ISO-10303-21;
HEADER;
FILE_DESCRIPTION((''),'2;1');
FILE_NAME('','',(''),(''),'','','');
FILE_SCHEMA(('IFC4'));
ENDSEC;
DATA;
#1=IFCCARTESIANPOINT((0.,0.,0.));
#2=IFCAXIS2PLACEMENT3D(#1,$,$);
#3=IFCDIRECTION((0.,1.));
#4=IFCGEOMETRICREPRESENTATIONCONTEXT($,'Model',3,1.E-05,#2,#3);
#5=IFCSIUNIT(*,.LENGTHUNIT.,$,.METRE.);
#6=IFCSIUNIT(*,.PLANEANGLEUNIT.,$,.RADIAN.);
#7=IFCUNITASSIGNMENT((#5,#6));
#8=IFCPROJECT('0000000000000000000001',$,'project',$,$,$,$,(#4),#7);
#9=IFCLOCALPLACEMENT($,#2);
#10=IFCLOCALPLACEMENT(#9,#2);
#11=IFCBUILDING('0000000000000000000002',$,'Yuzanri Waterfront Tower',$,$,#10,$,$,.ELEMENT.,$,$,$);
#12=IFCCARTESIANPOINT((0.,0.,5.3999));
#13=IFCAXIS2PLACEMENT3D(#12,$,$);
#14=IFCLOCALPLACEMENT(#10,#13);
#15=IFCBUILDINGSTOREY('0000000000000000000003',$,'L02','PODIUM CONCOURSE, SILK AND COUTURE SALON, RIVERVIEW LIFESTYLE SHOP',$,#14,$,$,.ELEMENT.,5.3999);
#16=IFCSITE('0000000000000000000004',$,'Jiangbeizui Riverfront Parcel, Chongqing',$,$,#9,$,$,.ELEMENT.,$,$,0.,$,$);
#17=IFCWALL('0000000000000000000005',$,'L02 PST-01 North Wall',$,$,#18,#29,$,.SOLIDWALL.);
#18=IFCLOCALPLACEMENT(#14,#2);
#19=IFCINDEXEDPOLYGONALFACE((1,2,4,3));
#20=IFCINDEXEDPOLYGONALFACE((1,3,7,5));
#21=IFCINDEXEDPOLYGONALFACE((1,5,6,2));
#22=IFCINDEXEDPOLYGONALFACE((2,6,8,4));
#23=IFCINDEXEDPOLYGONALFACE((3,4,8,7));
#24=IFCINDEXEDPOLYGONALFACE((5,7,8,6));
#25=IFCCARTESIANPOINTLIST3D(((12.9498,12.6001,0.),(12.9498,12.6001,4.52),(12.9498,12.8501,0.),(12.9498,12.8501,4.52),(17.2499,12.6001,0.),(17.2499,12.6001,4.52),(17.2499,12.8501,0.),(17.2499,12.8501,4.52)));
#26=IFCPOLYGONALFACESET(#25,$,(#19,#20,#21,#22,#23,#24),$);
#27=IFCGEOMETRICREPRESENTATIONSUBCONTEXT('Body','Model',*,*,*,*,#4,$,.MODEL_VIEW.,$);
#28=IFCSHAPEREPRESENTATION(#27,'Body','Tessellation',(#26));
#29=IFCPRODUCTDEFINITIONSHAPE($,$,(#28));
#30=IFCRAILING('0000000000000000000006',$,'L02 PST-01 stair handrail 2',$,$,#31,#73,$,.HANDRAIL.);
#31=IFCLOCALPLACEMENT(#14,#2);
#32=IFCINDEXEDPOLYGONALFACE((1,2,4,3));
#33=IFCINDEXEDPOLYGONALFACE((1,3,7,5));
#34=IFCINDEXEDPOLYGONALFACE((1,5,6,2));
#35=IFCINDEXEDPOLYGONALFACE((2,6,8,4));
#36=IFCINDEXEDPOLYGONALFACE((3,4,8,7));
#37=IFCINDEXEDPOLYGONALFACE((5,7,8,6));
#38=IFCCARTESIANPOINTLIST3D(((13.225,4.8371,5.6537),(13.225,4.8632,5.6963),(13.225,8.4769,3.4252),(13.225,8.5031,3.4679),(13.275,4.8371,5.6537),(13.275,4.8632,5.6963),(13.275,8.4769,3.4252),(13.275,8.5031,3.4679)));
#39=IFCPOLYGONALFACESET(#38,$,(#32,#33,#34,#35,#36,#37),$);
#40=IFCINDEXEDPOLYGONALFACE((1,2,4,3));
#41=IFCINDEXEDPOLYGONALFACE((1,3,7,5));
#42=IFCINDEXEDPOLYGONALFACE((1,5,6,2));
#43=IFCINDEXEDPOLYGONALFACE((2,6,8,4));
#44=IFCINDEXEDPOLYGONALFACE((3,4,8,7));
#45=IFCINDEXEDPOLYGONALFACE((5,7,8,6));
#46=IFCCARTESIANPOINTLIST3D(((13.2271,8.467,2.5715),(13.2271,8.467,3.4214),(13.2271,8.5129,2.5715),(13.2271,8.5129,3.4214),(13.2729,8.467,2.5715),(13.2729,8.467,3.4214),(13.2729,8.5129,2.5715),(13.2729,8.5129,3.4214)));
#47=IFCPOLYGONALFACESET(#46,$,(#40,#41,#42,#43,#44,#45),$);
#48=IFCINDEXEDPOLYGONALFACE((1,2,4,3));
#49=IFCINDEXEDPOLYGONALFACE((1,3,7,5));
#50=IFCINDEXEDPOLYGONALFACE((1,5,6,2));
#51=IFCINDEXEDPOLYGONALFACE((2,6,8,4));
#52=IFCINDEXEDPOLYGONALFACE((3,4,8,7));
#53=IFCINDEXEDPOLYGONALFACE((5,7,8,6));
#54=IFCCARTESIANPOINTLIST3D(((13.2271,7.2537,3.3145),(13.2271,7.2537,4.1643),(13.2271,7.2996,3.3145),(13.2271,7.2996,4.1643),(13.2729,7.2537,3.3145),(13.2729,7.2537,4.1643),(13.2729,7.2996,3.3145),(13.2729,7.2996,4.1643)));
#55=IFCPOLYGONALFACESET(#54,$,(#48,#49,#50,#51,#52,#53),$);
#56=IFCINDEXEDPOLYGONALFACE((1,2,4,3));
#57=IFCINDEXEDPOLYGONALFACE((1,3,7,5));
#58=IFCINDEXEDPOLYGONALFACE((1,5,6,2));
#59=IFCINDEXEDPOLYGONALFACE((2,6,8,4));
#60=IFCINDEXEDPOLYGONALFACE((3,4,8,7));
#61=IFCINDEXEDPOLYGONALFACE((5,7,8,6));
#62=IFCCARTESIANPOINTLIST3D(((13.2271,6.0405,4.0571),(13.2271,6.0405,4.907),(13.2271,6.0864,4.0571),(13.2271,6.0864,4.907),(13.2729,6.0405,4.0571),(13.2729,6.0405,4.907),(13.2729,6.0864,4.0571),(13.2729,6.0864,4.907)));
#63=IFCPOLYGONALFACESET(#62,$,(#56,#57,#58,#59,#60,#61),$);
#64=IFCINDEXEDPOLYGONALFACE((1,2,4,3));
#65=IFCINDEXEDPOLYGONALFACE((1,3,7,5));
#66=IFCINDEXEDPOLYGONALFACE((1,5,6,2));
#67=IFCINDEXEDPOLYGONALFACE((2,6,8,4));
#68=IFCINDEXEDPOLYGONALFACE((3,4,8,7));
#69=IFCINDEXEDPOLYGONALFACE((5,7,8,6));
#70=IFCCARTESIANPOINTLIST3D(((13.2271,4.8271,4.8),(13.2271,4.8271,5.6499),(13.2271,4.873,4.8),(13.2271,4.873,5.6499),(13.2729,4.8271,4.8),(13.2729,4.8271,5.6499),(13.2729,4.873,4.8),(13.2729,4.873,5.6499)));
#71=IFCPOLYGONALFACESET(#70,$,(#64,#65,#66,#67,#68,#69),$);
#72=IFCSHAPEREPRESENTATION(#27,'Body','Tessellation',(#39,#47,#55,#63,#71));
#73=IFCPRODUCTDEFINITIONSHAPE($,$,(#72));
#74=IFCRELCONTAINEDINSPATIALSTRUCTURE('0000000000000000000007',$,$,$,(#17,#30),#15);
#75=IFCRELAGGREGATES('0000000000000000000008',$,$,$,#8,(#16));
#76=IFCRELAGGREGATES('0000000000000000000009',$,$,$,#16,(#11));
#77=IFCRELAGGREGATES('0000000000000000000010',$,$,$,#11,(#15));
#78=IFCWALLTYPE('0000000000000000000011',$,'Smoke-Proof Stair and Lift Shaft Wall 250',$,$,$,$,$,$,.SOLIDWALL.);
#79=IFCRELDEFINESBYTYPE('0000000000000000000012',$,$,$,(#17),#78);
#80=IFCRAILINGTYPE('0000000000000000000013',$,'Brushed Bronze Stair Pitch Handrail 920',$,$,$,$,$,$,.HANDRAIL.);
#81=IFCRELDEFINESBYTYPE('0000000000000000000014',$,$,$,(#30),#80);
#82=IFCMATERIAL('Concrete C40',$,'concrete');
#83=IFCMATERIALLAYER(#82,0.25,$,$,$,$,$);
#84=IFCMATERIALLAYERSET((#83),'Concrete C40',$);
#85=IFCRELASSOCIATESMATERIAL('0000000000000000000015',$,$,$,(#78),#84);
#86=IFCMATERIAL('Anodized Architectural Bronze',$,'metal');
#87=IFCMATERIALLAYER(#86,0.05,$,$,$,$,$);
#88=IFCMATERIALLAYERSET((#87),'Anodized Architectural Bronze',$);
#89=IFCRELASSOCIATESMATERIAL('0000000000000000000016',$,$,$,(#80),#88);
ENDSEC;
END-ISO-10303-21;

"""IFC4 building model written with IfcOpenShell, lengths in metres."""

from ifc_helpers import new_model, si_unit, direction, frame, frame_2d, origin, origin_2d, place, context, subcontext, project, spatial, rectangle, extrude, source, transform, mapped, material, layer, layer_set, type_object, element, save


model = new_model("IFC4")

# Units and contexts
model_context = context("Model", 3, precision=1e-05, world=origin(), true_north=direction((0.0, 1.0)))
body_context = subcontext(model_context, "Body", "Model", "MODEL_VIEW")
ifc_project = project(units=[si_unit("LENGTHUNIT", "METRE"), si_unit("PLANEANGLEUNIT", "RADIAN")], contexts=[model_context])

# Site, building, storey
site_placement = place(None, origin())
site = spatial("IfcSite", under=ifc_project, at=site_placement, Name="Jiangbeizui Riverfront Parcel, Chongqing", CompositionType="ELEMENT", RefElevation=0.0)
building_placement = place(site_placement, origin())
building = spatial("IfcBuilding", under=site, at=building_placement, Name="Yuzanri Waterfront Tower", CompositionType="ELEMENT")
storey_placement = place(building_placement, frame((0.0, 0.0, 5.3999)))
storey = spatial("IfcBuildingStorey", under=building, at=storey_placement, Name="L02", Description="PODIUM CONCOURSE, SILK AND COUTURE SALON, RIVERVIEW LIFESTYLE SHOP", CompositionType="ELEMENT", Elevation=5.3999)

# Wall
ifc_material_1 = material(Name="Concrete C40", Category="concrete")
ifc_layer_1 = layer(ifc_material_1, 0.25)
ifc_layer_set_1 = layer_set([ifc_layer_1], Name="Concrete C40")
wall_type_1 = type_object("IfcWallType", Name="Smoke-Proof Stair and Lift Shaft Wall 250", PredefinedType="SOLIDWALL", material=ifc_layer_set_1)
shared_shape_1 = source(origin(), body_context, "Body", "SweptSolid", [
    extrude(rectangle(XDim=4.3, YDim=0.25, at=frame_2d((2.1499, 0.0))), origin(), (0.0, 0.0, 1.0), 4.52),
])
wall_1_placement = place(storey_placement, frame((12.95, 12.7251, 0.0), z_axis=(0.0, 0.0, 1.0), x_axis=(1.0, 0.0, 0.0)))
element("IfcWall", 1, at=wall_1_placement, inside=storey, type_object=wall_type_1, Name="L02 PST-01 North Wall", PredefinedType="SOLIDWALL", context=body_context, shape_type="MappedRepresentation", body=[
    mapped(shared_shape_1, transform((0.0, 0.0, 0.0), scale=1.0)),
])

# Railing
ifc_material_2 = material(Name="Anodized Architectural Bronze", Category="metal")
ifc_layer_2 = layer(ifc_material_2, 0.05)
ifc_layer_set_2 = layer_set([ifc_layer_2], Name="Anodized Architectural Bronze")
railing_type = type_object("IfcRailingType", Name="Brushed Bronze Stair Pitch Handrail 920", PredefinedType="HANDRAIL", material=ifc_layer_set_2)
shared_shape_2 = source(origin(), body_context, "Body", "SweptSolid", [
    extrude(rectangle(XDim=0.05, YDim=0.05, at=origin_2d()), frame((0.0, 0.0, 0.875), z_axis=(0.0, -0.85285, 0.522156), x_axis=(1.0, 0.0, 0.0)), (0.0, 0.0, 1.0), 4.2678),
    extrude(rectangle(XDim=0.0459, YDim=0.0459, at=origin_2d()), origin(), (0.0, 0.0, 1.0), 0.8499),
    extrude(rectangle(XDim=0.0459, YDim=0.0459, at=origin_2d()), frame((0.0, -1.2134, 0.7429)), (0.0, 0.0, 1.0), 0.8499),
    extrude(rectangle(XDim=0.0459, YDim=0.0459, at=origin_2d()), frame((0.0, -2.4265, 1.4856)), (0.0, 0.0, 1.0), 0.8499),
    extrude(rectangle(XDim=0.0459, YDim=0.0459, at=origin_2d()), frame((0.0, -3.6399, 2.2285)), (0.0, 0.0, 1.0), 0.8499),
])
railing_placement = place(storey_placement, frame((13.25, 8.49, 2.5715)))
element("IfcRailing", 2, at=railing_placement, inside=storey, type_object=railing_type, Name="L02 PST-01 stair handrail 2", PredefinedType="HANDRAIL", context=body_context, shape_type="MappedRepresentation", body=[
    mapped(shared_shape_2, transform((0.0, 0.0, 0.0), scale=1.0)),
])

save(model, "model.ifc")
